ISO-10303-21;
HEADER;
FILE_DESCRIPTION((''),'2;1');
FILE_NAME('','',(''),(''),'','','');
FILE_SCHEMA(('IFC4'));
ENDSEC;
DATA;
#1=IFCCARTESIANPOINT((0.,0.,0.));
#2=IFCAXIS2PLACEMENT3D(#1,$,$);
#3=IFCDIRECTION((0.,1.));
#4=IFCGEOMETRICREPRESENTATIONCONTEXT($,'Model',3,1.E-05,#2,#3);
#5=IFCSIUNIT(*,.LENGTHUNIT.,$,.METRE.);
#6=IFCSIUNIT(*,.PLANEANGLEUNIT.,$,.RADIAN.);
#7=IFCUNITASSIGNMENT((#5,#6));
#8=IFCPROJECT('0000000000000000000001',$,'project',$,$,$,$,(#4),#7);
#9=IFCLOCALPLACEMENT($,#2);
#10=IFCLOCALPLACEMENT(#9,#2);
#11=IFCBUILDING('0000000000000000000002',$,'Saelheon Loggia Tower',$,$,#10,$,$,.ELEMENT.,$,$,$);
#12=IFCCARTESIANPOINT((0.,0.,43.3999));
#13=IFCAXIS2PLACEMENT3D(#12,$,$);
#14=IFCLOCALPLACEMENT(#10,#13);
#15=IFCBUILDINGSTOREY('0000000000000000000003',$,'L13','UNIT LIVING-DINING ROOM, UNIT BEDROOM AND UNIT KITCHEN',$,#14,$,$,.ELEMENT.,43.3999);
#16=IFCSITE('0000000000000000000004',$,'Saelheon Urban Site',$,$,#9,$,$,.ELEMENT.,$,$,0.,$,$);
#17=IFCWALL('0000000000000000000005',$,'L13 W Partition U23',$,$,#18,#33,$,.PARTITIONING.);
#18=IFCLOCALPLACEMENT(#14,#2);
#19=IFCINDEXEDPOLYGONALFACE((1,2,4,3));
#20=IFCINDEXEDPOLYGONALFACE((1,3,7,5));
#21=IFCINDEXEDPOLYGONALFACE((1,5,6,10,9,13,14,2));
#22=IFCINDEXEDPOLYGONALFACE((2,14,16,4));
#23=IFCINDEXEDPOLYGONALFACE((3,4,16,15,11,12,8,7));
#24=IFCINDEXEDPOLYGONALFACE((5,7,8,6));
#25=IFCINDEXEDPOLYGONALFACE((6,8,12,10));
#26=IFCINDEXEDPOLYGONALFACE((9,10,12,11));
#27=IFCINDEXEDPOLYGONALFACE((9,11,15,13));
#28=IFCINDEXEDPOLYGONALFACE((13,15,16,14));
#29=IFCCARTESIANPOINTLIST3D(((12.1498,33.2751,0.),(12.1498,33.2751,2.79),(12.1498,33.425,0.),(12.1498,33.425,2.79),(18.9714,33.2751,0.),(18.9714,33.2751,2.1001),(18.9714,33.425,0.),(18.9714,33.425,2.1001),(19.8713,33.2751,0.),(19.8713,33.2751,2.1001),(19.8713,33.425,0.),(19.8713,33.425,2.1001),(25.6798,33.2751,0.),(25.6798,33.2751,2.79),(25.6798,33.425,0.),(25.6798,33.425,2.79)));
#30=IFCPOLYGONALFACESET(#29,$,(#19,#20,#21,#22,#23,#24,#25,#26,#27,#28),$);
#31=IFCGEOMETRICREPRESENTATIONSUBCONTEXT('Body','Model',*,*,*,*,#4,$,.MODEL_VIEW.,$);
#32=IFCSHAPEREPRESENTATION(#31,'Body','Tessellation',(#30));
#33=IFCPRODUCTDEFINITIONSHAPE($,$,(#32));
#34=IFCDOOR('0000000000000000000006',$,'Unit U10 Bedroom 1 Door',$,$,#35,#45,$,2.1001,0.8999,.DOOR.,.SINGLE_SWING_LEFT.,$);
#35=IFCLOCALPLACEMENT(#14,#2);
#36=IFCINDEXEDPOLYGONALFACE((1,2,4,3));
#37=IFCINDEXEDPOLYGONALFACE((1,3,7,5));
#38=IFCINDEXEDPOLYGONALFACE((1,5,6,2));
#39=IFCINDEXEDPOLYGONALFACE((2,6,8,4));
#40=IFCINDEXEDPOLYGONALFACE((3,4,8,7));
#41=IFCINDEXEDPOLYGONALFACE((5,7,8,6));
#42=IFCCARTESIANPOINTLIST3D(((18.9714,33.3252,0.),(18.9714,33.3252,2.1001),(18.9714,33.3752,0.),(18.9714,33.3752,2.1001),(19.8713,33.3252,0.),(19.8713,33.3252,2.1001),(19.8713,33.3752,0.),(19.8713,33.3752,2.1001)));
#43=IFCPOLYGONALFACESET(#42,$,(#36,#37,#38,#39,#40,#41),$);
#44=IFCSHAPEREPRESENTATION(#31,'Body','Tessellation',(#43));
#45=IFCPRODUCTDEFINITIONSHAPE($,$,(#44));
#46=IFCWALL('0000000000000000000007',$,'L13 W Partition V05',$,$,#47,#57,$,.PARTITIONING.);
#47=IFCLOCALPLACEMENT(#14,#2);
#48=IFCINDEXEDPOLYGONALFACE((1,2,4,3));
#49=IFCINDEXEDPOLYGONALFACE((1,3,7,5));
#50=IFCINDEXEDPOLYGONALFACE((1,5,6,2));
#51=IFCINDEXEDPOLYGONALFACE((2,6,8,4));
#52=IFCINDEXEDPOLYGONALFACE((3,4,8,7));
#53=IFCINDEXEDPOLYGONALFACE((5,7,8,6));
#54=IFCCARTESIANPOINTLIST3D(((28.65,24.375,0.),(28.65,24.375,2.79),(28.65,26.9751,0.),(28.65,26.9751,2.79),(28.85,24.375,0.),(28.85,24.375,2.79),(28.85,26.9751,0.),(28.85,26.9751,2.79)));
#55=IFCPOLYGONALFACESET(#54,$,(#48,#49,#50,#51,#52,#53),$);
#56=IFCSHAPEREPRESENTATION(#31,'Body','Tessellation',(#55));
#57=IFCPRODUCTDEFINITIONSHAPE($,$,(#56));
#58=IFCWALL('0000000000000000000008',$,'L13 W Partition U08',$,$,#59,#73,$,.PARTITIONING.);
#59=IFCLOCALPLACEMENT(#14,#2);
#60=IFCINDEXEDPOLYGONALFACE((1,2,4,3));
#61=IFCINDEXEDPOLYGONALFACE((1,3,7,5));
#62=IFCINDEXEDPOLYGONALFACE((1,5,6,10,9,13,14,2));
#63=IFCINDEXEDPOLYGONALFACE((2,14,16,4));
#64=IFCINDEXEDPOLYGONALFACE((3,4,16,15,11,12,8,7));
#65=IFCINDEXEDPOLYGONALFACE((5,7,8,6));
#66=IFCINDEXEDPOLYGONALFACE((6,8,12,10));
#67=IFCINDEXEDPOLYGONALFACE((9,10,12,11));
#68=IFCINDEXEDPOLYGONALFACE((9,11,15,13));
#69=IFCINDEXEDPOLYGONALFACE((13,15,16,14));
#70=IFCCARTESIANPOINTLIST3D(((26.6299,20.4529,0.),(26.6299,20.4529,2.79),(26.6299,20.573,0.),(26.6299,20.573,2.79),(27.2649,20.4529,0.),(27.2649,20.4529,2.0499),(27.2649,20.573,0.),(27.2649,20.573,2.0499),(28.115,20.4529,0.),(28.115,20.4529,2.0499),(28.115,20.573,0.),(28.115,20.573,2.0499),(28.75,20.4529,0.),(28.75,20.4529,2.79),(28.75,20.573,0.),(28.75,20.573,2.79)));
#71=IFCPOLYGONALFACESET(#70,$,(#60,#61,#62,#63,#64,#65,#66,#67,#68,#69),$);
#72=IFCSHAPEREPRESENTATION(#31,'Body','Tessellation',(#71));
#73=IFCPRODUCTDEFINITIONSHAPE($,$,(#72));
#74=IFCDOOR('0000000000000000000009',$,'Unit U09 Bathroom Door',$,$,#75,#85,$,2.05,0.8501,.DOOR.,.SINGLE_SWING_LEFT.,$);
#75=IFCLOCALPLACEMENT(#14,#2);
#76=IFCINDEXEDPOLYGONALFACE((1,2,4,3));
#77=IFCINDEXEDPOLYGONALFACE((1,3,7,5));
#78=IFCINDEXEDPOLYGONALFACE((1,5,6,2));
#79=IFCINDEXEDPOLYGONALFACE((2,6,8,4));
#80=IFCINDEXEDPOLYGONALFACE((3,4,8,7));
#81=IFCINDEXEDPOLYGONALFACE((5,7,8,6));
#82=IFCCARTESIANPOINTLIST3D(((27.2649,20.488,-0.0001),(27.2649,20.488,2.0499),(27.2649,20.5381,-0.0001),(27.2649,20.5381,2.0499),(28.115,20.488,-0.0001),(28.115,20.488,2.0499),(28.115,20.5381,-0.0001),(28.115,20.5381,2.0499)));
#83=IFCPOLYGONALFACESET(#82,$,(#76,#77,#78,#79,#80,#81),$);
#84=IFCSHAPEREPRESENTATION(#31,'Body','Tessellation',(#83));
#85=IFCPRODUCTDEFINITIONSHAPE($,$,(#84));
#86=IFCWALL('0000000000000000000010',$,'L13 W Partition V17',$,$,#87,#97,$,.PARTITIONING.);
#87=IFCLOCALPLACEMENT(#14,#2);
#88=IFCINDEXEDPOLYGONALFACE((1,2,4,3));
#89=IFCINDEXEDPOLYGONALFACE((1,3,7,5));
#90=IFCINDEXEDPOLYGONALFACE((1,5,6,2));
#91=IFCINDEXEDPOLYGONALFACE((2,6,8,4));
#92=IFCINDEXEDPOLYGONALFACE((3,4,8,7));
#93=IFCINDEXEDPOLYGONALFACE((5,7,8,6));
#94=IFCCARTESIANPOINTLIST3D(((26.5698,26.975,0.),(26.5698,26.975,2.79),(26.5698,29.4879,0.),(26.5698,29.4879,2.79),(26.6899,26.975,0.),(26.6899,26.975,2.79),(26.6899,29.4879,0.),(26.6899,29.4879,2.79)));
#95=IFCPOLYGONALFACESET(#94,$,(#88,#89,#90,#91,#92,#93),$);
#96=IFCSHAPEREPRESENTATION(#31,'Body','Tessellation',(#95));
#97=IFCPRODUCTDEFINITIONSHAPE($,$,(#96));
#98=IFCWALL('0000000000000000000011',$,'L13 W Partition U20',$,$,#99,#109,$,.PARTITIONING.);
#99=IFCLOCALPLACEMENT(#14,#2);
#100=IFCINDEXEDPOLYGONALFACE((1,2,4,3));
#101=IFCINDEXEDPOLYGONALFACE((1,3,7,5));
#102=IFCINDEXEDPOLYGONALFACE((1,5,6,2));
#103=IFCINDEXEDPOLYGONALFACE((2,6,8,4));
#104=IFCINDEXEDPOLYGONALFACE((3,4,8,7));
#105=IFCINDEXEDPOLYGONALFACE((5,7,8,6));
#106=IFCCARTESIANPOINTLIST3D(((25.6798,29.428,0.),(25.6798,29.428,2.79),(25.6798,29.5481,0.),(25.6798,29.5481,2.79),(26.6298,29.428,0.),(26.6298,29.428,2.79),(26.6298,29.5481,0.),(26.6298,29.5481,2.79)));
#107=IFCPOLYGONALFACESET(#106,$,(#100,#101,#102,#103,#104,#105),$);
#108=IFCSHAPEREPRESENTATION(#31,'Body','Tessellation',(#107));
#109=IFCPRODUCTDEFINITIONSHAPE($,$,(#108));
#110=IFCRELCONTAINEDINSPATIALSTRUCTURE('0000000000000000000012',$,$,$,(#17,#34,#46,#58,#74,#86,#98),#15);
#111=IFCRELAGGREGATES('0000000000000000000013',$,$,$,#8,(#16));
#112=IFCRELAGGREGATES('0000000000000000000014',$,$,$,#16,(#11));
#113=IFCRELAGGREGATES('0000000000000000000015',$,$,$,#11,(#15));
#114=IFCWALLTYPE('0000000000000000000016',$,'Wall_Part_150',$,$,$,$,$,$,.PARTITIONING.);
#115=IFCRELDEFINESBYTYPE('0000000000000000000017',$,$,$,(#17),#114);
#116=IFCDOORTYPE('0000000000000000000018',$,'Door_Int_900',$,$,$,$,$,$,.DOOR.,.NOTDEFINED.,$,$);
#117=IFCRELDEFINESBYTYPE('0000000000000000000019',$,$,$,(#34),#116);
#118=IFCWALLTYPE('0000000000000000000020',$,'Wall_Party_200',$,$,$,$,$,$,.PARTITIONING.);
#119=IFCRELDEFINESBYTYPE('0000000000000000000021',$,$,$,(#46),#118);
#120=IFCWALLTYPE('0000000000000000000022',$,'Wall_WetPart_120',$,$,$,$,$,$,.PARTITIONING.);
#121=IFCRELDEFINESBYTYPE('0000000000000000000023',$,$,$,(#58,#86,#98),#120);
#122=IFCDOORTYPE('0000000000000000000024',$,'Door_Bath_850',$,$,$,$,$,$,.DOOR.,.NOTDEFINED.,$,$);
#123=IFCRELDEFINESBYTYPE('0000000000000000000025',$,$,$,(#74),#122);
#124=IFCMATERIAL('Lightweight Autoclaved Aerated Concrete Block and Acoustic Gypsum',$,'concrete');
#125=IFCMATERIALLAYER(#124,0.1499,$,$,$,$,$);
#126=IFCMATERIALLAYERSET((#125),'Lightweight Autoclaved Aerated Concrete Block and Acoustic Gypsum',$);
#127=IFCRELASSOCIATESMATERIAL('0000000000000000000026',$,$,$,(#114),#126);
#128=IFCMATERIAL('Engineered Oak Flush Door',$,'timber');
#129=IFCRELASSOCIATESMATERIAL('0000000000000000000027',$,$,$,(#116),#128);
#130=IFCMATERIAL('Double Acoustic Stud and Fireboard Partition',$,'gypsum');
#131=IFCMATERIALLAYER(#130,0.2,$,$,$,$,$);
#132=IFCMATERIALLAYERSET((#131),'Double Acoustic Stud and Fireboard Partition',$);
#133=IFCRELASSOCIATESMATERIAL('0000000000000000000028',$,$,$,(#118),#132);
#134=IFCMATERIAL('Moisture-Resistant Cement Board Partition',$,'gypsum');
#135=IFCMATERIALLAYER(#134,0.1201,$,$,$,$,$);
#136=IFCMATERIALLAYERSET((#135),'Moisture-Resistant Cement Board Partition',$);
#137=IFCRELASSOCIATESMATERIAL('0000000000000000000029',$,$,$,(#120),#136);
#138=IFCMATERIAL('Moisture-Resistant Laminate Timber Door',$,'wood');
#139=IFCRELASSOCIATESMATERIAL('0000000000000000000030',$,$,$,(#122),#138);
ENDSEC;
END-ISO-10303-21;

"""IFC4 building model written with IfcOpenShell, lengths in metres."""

from ifc_helpers import new_model, si_unit, direction, frame, frame_2d, origin, place, context, subcontext, project, spatial, rectangle, extrude, source, transform, mapped, material, layer, layer_set, type_object, element, fill, save


model = new_model("IFC4")

# Units and contexts
model_context = context("Model", 3, precision=1e-05, world=origin(), true_north=direction((0.0, 1.0)))
body_context = subcontext(model_context, "Body", "Model", "MODEL_VIEW")
ifc_project = project(units=[si_unit("LENGTHUNIT", "METRE"), si_unit("PLANEANGLEUNIT", "RADIAN")], contexts=[model_context])

# Site, building, storey
site_placement = place(None, origin())
site = spatial("IfcSite", under=ifc_project, at=site_placement, Name="Saelheon Urban Site", CompositionType="ELEMENT", RefElevation=0.0)
building_placement = place(site_placement, origin())
building = spatial("IfcBuilding", under=site, at=building_placement, Name="Saelheon Loggia Tower", CompositionType="ELEMENT")
storey_placement = place(building_placement, frame((0.0, 0.0, 43.3999)))
storey = spatial("IfcBuildingStorey", under=building, at=storey_placement, Name="L13", Description="UNIT LIVING-DINING ROOM, UNIT BEDROOM AND UNIT KITCHEN", CompositionType="ELEMENT", Elevation=43.3999)

# Shared definitions
ifc_material_1 = material(Name="Lightweight Autoclaved Aerated Concrete Block and Acoustic Gypsum", Category="concrete")
ifc_layer_1 = layer(ifc_material_1, 0.1499)
ifc_layer_set_1 = layer_set([ifc_layer_1], Name="Lightweight Autoclaved Aerated Concrete Block and Acoustic Gypsum")
wall_type_1 = type_object("IfcWallType", Name="Wall_Part_150", PredefinedType="PARTITIONING", material=ifc_layer_set_1)
ifc_material_2 = material(Name="Engineered Oak Flush Door", Category="timber")
door_type_1 = type_object("IfcDoorType", Name="Door_Int_900", OperationType="NOTDEFINED", PredefinedType="DOOR", material=ifc_material_2)
shared_shape_1 = source(origin(), body_context, "Body", "SweptSolid", [
    extrude(rectangle(XDim=0.8999, YDim=2.1001, at=frame_2d((0.45, 1.05))), frame((0.0, 0.0249, 0.0), z_axis=(0.0, -1.0, 0.0), x_axis=(1.0, 0.0, 0.0)), (0.0, 0.0, 1.0), 0.05),
])

# Wall, opening, door
wall_1_placement = place(storey_placement, frame((25.6799, 33.3501, 0.0), z_axis=(0.0, 0.0, 1.0), x_axis=(-1.0, 0.0, 0.0)))
wall_1 = element("IfcWall", 1, at=wall_1_placement, inside=storey, type_object=wall_type_1, Name="L13 W Partition U23", PredefinedType="PARTITIONING", context=body_context, shape_type="SweptSolid", body=[
    extrude(rectangle(XDim=13.53, YDim=0.1499, at=frame_2d((6.7651, 0.0))), origin(), (0.0, 0.0, 1.0), 2.79),
])
opening_1_placement = place(wall_1_placement, frame((5.8086, 0.0, 0.0)))
opening_1 = element("IfcOpeningElement", 2, at=opening_1_placement, cuts=wall_1, PredefinedType="OPENING", context=body_context, shape_type="SweptSolid", body=[
    extrude(rectangle(XDim=0.8999, YDim=2.1001, at=frame_2d((0.45, 1.05))), frame((0.0, 0.0869, 0.0), z_axis=(0.0, -1.0, 0.0), x_axis=(1.0, 0.0, 0.0)), (0.0, 0.0, 1.0), 0.1738),
])
door_1_placement = place(opening_1_placement, origin())
door_1 = element("IfcDoor", 3, at=door_1_placement, inside=storey, type_object=door_type_1, Name="Unit U10 Bedroom 1 Door", OperationType="SINGLE_SWING_LEFT", OverallHeight=2.1001, OverallWidth=0.8999, PredefinedType="DOOR", context=body_context, shape_type="MappedRepresentation", body=[
    mapped(shared_shape_1, transform((0.0, 0.0, 0.0), scale=1.0)),
])
fill(opening_1, door_1)
ifc_material_3 = material(Name="Double Acoustic Stud and Fireboard Partition", Category="gypsum")
ifc_layer_2 = layer(ifc_material_3, 0.2)
ifc_layer_set_2 = layer_set([ifc_layer_2], Name="Double Acoustic Stud and Fireboard Partition")
wall_type_2 = type_object("IfcWallType", Name="Wall_Party_200", PredefinedType="PARTITIONING", material=ifc_layer_set_2)

# Wall
wall_2_placement = place(storey_placement, frame((28.75, 24.375, 0.0), z_axis=(0.0, 0.0, 1.0), x_axis=(0.0, 1.0, 0.0)))
element("IfcWall", 4, at=wall_2_placement, inside=storey, type_object=wall_type_2, Name="L13 W Partition V05", PredefinedType="PARTITIONING", context=body_context, shape_type="SweptSolid", body=[
    extrude(rectangle(XDim=2.6001, YDim=0.2, at=frame_2d((1.3, 0.0))), origin(), (0.0, 0.0, 1.0), 2.79),
])

# Wall, opening, door
ifc_material_4 = material(Name="Moisture-Resistant Cement Board Partition", Category="gypsum")
ifc_layer_3 = layer(ifc_material_4, 0.1201)
ifc_layer_set_3 = layer_set([ifc_layer_3], Name="Moisture-Resistant Cement Board Partition")
wall_type_3 = type_object("IfcWallType", Name="Wall_WetPart_120", PredefinedType="PARTITIONING", material=ifc_layer_set_3)
wall_3_placement = place(storey_placement, frame((28.75, 20.5129, 0.0), z_axis=(0.0, 0.0, 1.0), x_axis=(-1.0, 0.0, 0.0)))
wall_3 = element("IfcWall", 5, at=wall_3_placement, inside=storey, type_object=wall_type_3, Name="L13 W Partition U08", PredefinedType="PARTITIONING", context=body_context, shape_type="SweptSolid", body=[
    extrude(rectangle(XDim=2.1201, YDim=0.1201, at=frame_2d((1.0601, 0.0))), origin(), (0.0, 0.0, 1.0), 2.79),
])
opening_2_placement = place(wall_3_placement, frame((0.635, 0.0, 0.0)))
opening_2 = element("IfcOpeningElement", 6, at=opening_2_placement, cuts=wall_3, PredefinedType="OPENING", context=body_context, shape_type="SweptSolid", body=[
    extrude(rectangle(XDim=0.8501, YDim=2.05, at=frame_2d((0.425, 1.0249))), frame((0.0, 0.072, 0.0), z_axis=(0.0, -1.0, 0.0), x_axis=(1.0, 0.0, 0.0)), (0.0, 0.0, 1.0), 0.144),
])
ifc_material_5 = material(Name="Moisture-Resistant Laminate Timber Door", Category="wood")
door_type_2 = type_object("IfcDoorType", Name="Door_Bath_850", OperationType="NOTDEFINED", PredefinedType="DOOR", material=ifc_material_5)
shared_shape_2 = source(origin(), body_context, "Body", "SweptSolid", [
    extrude(rectangle(XDim=0.8501, YDim=2.05, at=frame_2d((0.425, 1.0249))), frame((0.0, 0.0249, 0.0), z_axis=(0.0, -1.0, 0.0), x_axis=(1.0, 0.0, 0.0)), (0.0, 0.0, 1.0), 0.05),
])
door_2_placement = place(opening_2_placement, origin())
door_2 = element("IfcDoor", 7, at=door_2_placement, inside=storey, type_object=door_type_2, Name="Unit U09 Bathroom Door", OperationType="SINGLE_SWING_LEFT", OverallHeight=2.05, OverallWidth=0.8501, PredefinedType="DOOR", context=body_context, shape_type="MappedRepresentation", body=[
    mapped(shared_shape_2, transform((0.0, 0.0, 0.0), scale=1.0)),
])
fill(opening_2, door_2)

# Walls
wall_4_placement = place(storey_placement, frame((26.6299, 26.9751, 0.0), z_axis=(0.0, 0.0, 1.0), x_axis=(0.0, 1.0, 0.0)))
element("IfcWall", 8, at=wall_4_placement, inside=storey, type_object=wall_type_3, Name="L13 W Partition V17", PredefinedType="PARTITIONING", context=body_context, shape_type="SweptSolid", body=[
    extrude(rectangle(XDim=2.5129, YDim=0.1201, at=frame_2d((1.2563, 0.0))), origin(), (0.0, 0.0, 1.0), 2.79),
])
wall_5_placement = place(storey_placement, frame((26.6299, 29.488, 0.0), z_axis=(0.0, 0.0, 1.0), x_axis=(-1.0, 0.0, 0.0)))
element("IfcWall", 9, at=wall_5_placement, inside=storey, type_object=wall_type_3, Name="L13 W Partition U20", PredefinedType="PARTITIONING", context=body_context, shape_type="SweptSolid", body=[
    extrude(rectangle(XDim=0.95, YDim=0.1201, at=frame_2d((0.4751, 0.0))), origin(), (0.0, 0.0, 1.0), 2.79),
])

save(model, "model.ifc")
